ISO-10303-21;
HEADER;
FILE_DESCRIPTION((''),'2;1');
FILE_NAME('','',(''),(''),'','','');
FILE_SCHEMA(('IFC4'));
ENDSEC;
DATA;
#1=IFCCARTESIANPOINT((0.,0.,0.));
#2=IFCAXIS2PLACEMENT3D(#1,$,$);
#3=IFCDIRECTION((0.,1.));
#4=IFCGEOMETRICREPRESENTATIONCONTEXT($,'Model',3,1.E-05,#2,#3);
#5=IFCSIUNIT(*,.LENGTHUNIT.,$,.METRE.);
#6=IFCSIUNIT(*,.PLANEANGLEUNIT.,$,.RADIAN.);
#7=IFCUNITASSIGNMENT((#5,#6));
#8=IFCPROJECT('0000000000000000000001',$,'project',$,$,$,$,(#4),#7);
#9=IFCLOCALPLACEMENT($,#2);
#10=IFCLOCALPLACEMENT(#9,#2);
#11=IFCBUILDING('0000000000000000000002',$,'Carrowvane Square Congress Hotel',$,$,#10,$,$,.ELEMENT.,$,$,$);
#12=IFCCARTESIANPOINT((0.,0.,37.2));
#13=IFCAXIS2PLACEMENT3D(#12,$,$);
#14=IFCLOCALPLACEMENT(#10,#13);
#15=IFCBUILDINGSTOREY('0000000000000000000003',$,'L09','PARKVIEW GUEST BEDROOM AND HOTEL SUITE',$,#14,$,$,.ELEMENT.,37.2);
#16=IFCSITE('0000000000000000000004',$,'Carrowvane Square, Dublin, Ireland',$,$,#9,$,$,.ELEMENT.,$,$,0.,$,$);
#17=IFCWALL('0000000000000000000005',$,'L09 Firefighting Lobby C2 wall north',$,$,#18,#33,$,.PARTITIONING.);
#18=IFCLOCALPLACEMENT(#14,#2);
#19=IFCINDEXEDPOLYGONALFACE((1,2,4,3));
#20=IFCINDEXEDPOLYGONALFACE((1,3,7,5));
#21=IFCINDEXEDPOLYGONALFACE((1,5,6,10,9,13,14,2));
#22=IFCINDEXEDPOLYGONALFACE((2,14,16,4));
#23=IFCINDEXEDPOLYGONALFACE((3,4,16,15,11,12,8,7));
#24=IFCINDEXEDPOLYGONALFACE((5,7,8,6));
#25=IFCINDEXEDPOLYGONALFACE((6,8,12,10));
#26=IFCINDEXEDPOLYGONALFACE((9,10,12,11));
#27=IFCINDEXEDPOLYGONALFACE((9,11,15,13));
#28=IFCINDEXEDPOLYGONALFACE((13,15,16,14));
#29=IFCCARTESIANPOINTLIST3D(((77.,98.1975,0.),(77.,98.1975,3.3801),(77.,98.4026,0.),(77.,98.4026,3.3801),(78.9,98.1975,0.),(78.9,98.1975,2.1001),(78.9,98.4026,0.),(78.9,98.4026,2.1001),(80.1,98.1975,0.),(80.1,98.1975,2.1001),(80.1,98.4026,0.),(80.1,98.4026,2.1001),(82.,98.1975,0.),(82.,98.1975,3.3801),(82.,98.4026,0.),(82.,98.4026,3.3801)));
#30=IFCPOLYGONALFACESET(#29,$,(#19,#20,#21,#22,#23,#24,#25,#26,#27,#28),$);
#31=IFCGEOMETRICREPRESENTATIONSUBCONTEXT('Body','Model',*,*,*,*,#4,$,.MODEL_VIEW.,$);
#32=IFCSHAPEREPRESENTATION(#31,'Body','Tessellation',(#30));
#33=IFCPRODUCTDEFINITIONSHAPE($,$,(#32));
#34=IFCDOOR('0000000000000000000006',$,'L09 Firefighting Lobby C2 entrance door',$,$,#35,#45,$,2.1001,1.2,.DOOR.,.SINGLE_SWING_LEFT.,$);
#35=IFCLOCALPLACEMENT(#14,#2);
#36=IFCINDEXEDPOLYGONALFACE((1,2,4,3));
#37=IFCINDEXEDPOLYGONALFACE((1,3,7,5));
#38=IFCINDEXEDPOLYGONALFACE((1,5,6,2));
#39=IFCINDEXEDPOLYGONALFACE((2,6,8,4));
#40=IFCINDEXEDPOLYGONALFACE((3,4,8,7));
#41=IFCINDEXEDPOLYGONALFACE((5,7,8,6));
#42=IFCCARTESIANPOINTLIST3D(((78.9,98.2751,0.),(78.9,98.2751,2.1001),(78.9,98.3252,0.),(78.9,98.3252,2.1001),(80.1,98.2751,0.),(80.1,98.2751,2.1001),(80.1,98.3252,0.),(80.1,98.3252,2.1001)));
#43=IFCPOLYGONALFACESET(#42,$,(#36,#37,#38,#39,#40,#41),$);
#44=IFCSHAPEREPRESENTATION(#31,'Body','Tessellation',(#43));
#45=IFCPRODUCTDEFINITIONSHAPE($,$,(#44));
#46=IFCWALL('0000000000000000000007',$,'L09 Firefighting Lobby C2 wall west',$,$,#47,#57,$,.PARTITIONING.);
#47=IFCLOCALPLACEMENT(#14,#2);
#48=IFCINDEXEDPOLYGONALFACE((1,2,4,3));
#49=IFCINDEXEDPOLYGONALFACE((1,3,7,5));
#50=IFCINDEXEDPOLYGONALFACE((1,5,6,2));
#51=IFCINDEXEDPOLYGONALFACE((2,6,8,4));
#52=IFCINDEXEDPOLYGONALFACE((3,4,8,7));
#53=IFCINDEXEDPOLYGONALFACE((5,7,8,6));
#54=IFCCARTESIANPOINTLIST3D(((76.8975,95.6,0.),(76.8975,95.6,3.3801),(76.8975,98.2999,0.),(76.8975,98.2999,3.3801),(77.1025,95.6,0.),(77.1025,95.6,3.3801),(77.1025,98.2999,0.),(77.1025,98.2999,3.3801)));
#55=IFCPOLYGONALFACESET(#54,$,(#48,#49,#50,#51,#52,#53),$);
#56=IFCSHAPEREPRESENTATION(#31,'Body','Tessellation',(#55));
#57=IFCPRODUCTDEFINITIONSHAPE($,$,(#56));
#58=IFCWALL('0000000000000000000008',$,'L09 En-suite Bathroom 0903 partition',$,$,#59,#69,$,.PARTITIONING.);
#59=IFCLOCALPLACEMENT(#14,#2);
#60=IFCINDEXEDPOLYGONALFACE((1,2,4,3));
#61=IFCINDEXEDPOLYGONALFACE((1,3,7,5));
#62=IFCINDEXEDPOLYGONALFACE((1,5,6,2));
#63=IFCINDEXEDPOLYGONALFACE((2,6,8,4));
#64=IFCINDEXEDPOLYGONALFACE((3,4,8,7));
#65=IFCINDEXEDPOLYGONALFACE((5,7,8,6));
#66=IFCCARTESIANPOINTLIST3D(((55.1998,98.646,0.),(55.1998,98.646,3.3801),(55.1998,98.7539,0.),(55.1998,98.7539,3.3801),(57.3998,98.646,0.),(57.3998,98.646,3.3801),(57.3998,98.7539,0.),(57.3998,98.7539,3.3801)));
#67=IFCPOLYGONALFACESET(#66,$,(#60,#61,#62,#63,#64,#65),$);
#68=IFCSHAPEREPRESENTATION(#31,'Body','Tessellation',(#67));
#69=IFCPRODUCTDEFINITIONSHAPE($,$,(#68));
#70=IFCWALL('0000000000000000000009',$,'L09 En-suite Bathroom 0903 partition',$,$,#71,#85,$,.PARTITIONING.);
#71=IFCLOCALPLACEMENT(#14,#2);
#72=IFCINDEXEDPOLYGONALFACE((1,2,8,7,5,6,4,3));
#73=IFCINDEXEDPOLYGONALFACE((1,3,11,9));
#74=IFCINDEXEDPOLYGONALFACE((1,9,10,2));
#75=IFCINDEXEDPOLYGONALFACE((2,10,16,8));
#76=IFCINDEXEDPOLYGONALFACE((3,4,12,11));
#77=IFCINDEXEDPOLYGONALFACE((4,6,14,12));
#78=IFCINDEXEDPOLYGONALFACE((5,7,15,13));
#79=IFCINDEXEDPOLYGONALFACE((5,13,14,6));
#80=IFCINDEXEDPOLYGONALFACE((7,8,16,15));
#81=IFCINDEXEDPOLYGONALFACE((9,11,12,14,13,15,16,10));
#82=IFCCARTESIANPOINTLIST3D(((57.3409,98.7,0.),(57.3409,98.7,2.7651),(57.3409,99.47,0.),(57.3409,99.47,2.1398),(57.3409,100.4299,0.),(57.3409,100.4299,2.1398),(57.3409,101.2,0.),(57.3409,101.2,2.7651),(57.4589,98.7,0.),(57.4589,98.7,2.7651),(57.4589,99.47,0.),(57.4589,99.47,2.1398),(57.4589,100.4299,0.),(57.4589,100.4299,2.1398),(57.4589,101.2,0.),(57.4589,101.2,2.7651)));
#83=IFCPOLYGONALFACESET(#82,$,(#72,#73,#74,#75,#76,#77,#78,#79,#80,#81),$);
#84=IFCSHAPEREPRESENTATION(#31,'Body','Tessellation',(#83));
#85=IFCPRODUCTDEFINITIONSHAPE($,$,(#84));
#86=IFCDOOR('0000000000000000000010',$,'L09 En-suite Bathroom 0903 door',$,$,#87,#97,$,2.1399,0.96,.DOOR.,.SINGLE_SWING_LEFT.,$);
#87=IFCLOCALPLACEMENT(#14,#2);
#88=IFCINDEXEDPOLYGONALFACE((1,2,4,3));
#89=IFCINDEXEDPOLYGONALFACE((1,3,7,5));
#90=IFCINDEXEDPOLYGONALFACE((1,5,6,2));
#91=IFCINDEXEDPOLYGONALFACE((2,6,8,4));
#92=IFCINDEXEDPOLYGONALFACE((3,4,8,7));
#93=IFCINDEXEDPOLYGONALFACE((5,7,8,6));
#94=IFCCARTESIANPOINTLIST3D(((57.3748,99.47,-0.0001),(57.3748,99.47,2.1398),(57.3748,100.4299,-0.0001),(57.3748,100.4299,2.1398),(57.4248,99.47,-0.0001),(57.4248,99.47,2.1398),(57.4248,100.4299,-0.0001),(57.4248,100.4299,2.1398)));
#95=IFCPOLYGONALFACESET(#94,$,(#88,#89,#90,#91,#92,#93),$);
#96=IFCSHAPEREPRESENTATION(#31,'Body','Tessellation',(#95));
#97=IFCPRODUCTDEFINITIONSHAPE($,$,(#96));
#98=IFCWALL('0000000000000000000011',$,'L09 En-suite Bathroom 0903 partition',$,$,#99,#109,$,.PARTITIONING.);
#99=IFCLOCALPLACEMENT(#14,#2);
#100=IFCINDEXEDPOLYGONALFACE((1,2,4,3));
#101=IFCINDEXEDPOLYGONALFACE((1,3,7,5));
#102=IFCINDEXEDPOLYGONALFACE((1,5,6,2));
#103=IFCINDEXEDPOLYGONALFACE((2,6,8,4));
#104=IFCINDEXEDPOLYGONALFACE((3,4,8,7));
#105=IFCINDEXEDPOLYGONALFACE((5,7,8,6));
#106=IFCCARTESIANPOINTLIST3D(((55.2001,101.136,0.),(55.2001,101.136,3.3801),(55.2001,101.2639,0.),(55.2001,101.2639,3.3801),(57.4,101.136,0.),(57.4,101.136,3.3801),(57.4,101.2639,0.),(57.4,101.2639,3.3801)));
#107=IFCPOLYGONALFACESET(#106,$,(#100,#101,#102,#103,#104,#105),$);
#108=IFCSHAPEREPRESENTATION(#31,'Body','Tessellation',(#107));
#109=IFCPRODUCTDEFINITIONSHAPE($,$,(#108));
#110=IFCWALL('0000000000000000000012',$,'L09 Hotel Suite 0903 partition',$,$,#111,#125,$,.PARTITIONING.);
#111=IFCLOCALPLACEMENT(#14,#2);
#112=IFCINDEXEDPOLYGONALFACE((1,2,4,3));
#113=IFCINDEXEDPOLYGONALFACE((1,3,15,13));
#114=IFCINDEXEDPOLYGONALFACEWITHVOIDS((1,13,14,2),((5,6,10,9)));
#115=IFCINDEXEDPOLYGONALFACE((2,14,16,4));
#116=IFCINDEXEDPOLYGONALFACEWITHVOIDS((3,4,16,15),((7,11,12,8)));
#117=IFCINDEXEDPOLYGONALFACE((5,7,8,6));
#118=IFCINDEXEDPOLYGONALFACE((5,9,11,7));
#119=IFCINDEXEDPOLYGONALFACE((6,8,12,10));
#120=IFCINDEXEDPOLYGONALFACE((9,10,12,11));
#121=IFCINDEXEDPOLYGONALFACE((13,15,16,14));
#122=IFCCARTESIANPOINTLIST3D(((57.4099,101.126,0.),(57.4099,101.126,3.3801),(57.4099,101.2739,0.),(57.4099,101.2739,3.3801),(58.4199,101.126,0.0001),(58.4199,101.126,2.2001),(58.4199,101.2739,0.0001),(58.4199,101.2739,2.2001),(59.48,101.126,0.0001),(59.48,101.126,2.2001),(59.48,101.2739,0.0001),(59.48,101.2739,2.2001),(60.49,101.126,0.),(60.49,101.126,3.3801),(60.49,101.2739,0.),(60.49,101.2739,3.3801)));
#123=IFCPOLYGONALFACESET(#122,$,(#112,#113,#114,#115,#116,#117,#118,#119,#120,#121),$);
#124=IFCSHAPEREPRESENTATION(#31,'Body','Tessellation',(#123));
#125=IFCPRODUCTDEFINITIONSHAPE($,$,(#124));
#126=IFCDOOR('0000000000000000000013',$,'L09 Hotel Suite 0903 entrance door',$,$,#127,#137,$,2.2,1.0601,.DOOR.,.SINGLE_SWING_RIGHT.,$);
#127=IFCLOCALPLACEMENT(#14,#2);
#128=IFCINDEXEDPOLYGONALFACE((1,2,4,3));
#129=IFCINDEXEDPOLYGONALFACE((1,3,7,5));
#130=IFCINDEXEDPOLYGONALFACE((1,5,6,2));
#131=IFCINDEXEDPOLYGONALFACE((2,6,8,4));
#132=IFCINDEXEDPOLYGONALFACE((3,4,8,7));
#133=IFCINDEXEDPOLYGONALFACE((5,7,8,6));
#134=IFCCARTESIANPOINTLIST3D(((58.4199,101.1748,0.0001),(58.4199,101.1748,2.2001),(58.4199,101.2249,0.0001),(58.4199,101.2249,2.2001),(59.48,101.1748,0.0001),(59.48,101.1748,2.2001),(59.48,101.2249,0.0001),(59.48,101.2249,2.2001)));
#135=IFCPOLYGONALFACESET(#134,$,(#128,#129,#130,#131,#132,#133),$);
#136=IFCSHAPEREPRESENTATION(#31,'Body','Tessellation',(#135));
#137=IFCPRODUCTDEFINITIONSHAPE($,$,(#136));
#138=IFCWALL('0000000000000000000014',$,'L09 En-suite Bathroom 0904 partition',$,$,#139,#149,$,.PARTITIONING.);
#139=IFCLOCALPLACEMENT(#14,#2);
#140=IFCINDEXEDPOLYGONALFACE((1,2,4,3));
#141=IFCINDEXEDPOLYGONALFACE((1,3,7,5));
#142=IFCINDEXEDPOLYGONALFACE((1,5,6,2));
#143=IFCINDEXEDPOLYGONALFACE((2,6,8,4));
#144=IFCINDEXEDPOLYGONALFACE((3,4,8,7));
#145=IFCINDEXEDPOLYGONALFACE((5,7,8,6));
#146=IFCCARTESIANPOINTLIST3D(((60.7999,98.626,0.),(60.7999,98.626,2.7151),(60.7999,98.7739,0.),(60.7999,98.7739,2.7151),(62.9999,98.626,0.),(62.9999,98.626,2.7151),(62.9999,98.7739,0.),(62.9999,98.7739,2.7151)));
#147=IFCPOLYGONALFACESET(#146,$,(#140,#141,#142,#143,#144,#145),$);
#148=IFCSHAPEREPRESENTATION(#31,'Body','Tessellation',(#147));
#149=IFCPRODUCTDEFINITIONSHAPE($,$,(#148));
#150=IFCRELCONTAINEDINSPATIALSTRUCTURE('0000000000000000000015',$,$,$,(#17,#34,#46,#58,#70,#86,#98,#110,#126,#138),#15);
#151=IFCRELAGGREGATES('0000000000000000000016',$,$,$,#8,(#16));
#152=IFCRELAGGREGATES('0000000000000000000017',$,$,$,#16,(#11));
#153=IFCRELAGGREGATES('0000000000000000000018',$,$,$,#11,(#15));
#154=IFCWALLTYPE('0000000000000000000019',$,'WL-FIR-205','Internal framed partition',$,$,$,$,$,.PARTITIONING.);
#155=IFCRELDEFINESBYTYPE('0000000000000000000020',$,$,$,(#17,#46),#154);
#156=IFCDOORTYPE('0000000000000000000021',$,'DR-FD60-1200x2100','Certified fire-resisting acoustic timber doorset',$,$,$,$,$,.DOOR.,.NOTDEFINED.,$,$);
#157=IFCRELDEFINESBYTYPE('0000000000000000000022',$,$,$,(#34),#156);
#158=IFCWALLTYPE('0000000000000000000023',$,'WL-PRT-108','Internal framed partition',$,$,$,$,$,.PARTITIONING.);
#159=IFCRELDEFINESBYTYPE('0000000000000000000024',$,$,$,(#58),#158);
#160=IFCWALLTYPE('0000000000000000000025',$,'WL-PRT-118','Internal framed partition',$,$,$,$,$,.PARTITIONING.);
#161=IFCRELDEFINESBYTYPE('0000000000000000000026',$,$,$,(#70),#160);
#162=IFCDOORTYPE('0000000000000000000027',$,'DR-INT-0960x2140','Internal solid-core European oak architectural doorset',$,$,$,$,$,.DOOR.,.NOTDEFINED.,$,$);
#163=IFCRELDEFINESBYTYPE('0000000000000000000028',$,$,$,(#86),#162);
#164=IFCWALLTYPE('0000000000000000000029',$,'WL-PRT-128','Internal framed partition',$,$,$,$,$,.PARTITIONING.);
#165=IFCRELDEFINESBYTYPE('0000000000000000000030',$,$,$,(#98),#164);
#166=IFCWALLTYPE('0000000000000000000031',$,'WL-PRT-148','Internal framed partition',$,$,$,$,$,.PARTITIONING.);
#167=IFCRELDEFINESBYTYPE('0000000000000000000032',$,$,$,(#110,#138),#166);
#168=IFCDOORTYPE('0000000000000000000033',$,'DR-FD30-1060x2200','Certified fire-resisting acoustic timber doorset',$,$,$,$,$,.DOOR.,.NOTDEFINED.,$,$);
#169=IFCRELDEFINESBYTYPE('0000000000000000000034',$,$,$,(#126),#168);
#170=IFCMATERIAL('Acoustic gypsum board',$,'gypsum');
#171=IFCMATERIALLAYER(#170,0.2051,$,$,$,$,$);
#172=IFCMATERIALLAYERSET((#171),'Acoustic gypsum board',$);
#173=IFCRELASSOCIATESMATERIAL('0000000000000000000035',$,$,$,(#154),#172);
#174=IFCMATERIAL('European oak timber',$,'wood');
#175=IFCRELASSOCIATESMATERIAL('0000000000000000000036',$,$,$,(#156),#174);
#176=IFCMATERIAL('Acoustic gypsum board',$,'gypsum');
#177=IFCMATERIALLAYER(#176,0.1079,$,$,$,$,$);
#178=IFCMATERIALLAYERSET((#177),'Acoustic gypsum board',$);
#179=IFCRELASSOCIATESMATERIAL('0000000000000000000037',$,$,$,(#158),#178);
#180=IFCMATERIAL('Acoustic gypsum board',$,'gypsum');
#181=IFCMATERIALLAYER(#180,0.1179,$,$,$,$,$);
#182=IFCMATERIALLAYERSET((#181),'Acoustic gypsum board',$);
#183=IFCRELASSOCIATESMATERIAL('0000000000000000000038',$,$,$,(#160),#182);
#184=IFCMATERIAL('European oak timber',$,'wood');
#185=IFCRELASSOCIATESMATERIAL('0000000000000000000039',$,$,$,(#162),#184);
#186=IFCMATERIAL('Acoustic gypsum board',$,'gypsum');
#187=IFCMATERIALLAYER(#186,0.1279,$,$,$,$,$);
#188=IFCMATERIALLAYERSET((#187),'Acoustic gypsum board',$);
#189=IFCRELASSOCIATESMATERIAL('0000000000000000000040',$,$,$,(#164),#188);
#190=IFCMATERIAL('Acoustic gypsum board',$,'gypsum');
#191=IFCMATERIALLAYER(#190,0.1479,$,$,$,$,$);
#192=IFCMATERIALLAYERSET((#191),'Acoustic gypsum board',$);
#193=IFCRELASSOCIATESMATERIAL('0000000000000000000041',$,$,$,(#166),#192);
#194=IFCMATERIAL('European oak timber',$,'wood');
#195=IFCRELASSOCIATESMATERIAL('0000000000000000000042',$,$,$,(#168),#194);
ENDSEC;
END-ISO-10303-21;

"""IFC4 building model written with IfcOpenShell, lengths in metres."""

from ifc_helpers import new_model, si_unit, direction, frame, frame_2d, origin, place, context, subcontext, project, spatial, rectangle, extrude, material, layer, layer_set, type_object, element, fill, save


model = new_model("IFC4")

# Units and contexts
model_context = context("Model", 3, precision=1e-05, world=origin(), true_north=direction((0.0, 1.0)))
body_context = subcontext(model_context, "Body", "Model", "MODEL_VIEW")
ifc_project = project(units=[si_unit("LENGTHUNIT", "METRE"), si_unit("PLANEANGLEUNIT", "RADIAN")], contexts=[model_context])

# Site, building, storey
site_placement = place(None, origin())
site = spatial("IfcSite", under=ifc_project, at=site_placement, Name="Carrowvane Square, Dublin, Ireland", CompositionType="ELEMENT", RefElevation=0.0)
building_placement = place(site_placement, origin())
building = spatial("IfcBuilding", under=site, at=building_placement, Name="Carrowvane Square Congress Hotel", CompositionType="ELEMENT")
storey_placement = place(building_placement, frame((0.0, 0.0, 37.2)))
storey = spatial("IfcBuildingStorey", under=building, at=storey_placement, Name="L09", Description="PARKVIEW GUEST BEDROOM AND HOTEL SUITE", CompositionType="ELEMENT", Elevation=37.2)

# Wall, opening, door
ifc_material_1 = material(Name="Acoustic gypsum board", Category="gypsum")
ifc_layer_1 = layer(ifc_material_1, 0.2051)
ifc_layer_set_1 = layer_set([ifc_layer_1], Name="Acoustic gypsum board")
wall_type_1 = type_object("IfcWallType", Name="WL-FIR-205", Description="Internal framed partition", PredefinedType="PARTITIONING", material=ifc_layer_set_1)
wall_1_placement = place(storey_placement, frame((82.0, 98.3, 0.0), z_axis=(0.0, 0.0, 1.0), x_axis=(-1.0, 0.0, 0.0)))
wall_1 = element("IfcWall", 1, at=wall_1_placement, inside=storey, type_object=wall_type_1, Name="L09 Firefighting Lobby C2 wall north", PredefinedType="PARTITIONING", context=body_context, shape_type="SweptSolid", body=[
    extrude(rectangle(XDim=5.0, YDim=0.2051, at=frame_2d((2.5, 0.0))), origin(), (0.0, 0.0, 1.0), 3.3801),
])
opening_1_placement = place(wall_1_placement, frame((1.8999, 0.0, 0.0)))
opening_1 = element("IfcOpeningElement", 2, at=opening_1_placement, cuts=wall_1, PredefinedType="OPENING", context=body_context, shape_type="SweptSolid", body=[
    extrude(rectangle(XDim=1.2, YDim=2.1001, at=frame_2d((0.6001, 1.05))), frame((0.0, 0.1125, 0.0), z_axis=(0.0, -1.0, 0.0), x_axis=(1.0, 0.0, 0.0)), (0.0, 0.0, 1.0), 0.2251),
])
ifc_material_2 = material(Name="European oak timber", Category="wood")
door_type_1 = type_object("IfcDoorType", Name="DR-FD60-1200x2100", Description="Certified fire-resisting acoustic timber doorset", OperationType="NOTDEFINED", PredefinedType="DOOR", material=ifc_material_2)
door_1_placement = place(opening_1_placement, origin())
door_1 = element("IfcDoor", 3, at=door_1_placement, inside=storey, type_object=door_type_1, Name="L09 Firefighting Lobby C2 entrance door", OperationType="SINGLE_SWING_LEFT", OverallHeight=2.1001, OverallWidth=1.2, PredefinedType="DOOR", context=body_context, shape_type="SweptSolid", body=[
    extrude(rectangle(XDim=1.2, YDim=2.1001, at=frame_2d((0.6001, 1.05))), frame((0.0, 0.0249, 0.0), z_axis=(0.0, -1.0, 0.0), x_axis=(1.0, 0.0, 0.0)), (0.0, 0.0, 1.0), 0.05),
])
fill(opening_1, door_1)

# Walls
wall_2_placement = place(storey_placement, frame((77.0, 98.3, 0.0), z_axis=(0.0, 0.0, 1.0), x_axis=(0.0, -1.0, 0.0)))
element("IfcWall", 4, at=wall_2_placement, inside=storey, type_object=wall_type_1, Name="L09 Firefighting Lobby C2 wall west", PredefinedType="PARTITIONING", context=body_context, shape_type="SweptSolid", body=[
    extrude(rectangle(XDim=2.7, YDim=0.2051, at=frame_2d((1.3501, 0.0))), origin(), (0.0, 0.0, 1.0), 3.3801),
])
ifc_material_3 = material(Name="Acoustic gypsum board", Category="gypsum")
ifc_layer_2 = layer(ifc_material_3, 0.1079)
ifc_layer_set_2 = layer_set([ifc_layer_2], Name="Acoustic gypsum board")
wall_type_2 = type_object("IfcWallType", Name="WL-PRT-108", Description="Internal framed partition", PredefinedType="PARTITIONING", material=ifc_layer_set_2)
wall_3_placement = place(storey_placement, frame((57.3999, 98.7, 0.0), z_axis=(0.0, 0.0, 1.0), x_axis=(-1.0, 0.0, 0.0)))
element("IfcWall", 5, at=wall_3_placement, inside=storey, type_object=wall_type_2, Name="L09 En-suite Bathroom 0903 partition", PredefinedType="PARTITIONING", context=body_context, shape_type="SweptSolid", body=[
    extrude(rectangle(XDim=2.2, YDim=0.1079, at=frame_2d((1.1001, 0.0))), origin(), (0.0, 0.0, 1.0), 3.3801),
])

# Wall, opening, door
ifc_material_4 = material(Name="Acoustic gypsum board", Category="gypsum")
ifc_layer_3 = layer(ifc_material_4, 0.1179)
ifc_layer_set_3 = layer_set([ifc_layer_3], Name="Acoustic gypsum board")
wall_type_3 = type_object("IfcWallType", Name="WL-PRT-118", Description="Internal framed partition", PredefinedType="PARTITIONING", material=ifc_layer_set_3)
wall_4_placement = place(storey_placement, frame((57.3999, 101.2, 0.0), z_axis=(0.0, 0.0, 1.0), x_axis=(0.0, -1.0, 0.0)))
wall_4 = element("IfcWall", 6, at=wall_4_placement, inside=storey, type_object=wall_type_3, Name="L09 En-suite Bathroom 0903 partition", PredefinedType="PARTITIONING", context=body_context, shape_type="SweptSolid", body=[
    extrude(rectangle(XDim=2.5, YDim=0.1179, at=frame_2d((1.25, 0.0))), origin(), (0.0, 0.0, 1.0), 2.7651),
])
opening_2_placement = place(wall_4_placement, frame((0.77, 0.0, 0.0)))
opening_2 = element("IfcOpeningElement", 7, at=opening_2_placement, cuts=wall_4, PredefinedType="OPENING", context=body_context, shape_type="SweptSolid", body=[
    extrude(rectangle(XDim=0.96, YDim=2.1399, at=frame_2d((0.48, 1.0698))), frame((0.0, 0.0688, 0.0), z_axis=(0.0, -1.0, 0.0), x_axis=(1.0, 0.0, 0.0)), (0.0, 0.0, 1.0), 0.1379),
])
ifc_material_5 = material(Name="European oak timber", Category="wood")
door_type_2 = type_object("IfcDoorType", Name="DR-INT-0960x2140", Description="Internal solid-core European oak architectural doorset", OperationType="NOTDEFINED", PredefinedType="DOOR", material=ifc_material_5)
door_2_placement = place(opening_2_placement, origin())
door_2 = element("IfcDoor", 8, at=door_2_placement, inside=storey, type_object=door_type_2, Name="L09 En-suite Bathroom 0903 door", OperationType="SINGLE_SWING_LEFT", OverallHeight=2.1399, OverallWidth=0.96, PredefinedType="DOOR", context=body_context, shape_type="SweptSolid", body=[
    extrude(rectangle(XDim=0.96, YDim=2.1399, at=frame_2d((0.48, 1.0698))), frame((0.0, 0.0249, 0.0), z_axis=(0.0, -1.0, 0.0), x_axis=(1.0, 0.0, 0.0)), (0.0, 0.0, 1.0), 0.05),
])
fill(opening_2, door_2)

# Wall
ifc_material_6 = material(Name="Acoustic gypsum board", Category="gypsum")
ifc_layer_4 = layer(ifc_material_6, 0.1279)
ifc_layer_set_4 = layer_set([ifc_layer_4], Name="Acoustic gypsum board")
wall_type_4 = type_object("IfcWallType", Name="WL-PRT-128", Description="Internal framed partition", PredefinedType="PARTITIONING", material=ifc_layer_set_4)
wall_5_placement = place(storey_placement, frame((55.2, 101.2, 0.0), z_axis=(0.0, 0.0, 1.0), x_axis=(1.0, 0.0, 0.0)))
element("IfcWall", 9, at=wall_5_placement, inside=storey, type_object=wall_type_4, Name="L09 En-suite Bathroom 0903 partition", PredefinedType="PARTITIONING", context=body_context, shape_type="SweptSolid", body=[
    extrude(rectangle(XDim=2.2, YDim=0.1279, at=frame_2d((1.1001, 0.0))), origin(), (0.0, 0.0, 1.0), 3.3801),
])

# Wall, opening, door
ifc_material_7 = material(Name="Acoustic gypsum board", Category="gypsum")
ifc_layer_5 = layer(ifc_material_7, 0.1479)
ifc_layer_set_5 = layer_set([ifc_layer_5], Name="Acoustic gypsum board")
wall_type_5 = type_object("IfcWallType", Name="WL-PRT-148", Description="Internal framed partition", PredefinedType="PARTITIONING", material=ifc_layer_set_5)
wall_6_placement = place(storey_placement, frame((57.4099, 101.2, 0.0), z_axis=(0.0, 0.0, 1.0), x_axis=(1.0, 0.0, 0.0)))
wall_6 = element("IfcWall", 10, at=wall_6_placement, inside=storey, type_object=wall_type_5, Name="L09 Hotel Suite 0903 partition", PredefinedType="PARTITIONING", context=body_context, shape_type="SweptSolid", body=[
    extrude(rectangle(XDim=3.0801, YDim=0.1479, at=frame_2d((1.54, 0.0))), origin(), (0.0, 0.0, 1.0), 3.3801),
])
opening_3_placement = place(wall_6_placement, frame((1.01, 0.0, 0.0)))
opening_3 = element("IfcOpeningElement", 11, at=opening_3_placement, cuts=wall_6, PredefinedType="OPENING", context=body_context, shape_type="SweptSolid", body=[
    extrude(rectangle(XDim=1.0601, YDim=2.2, at=frame_2d((0.53, 1.1001))), frame((0.0, 0.084, 0.0), z_axis=(0.0, -1.0, 0.0), x_axis=(1.0, 0.0, 0.0)), (0.0, 0.0, 1.0), 0.168),
])
ifc_material_8 = material(Name="European oak timber", Category="wood")
door_type_3 = type_object("IfcDoorType", Name="DR-FD30-1060x2200", Description="Certified fire-resisting acoustic timber doorset", OperationType="NOTDEFINED", PredefinedType="DOOR", material=ifc_material_8)
door_3_placement = place(opening_3_placement, origin())
door_3 = element("IfcDoor", 12, at=door_3_placement, inside=storey, type_object=door_type_3, Name="L09 Hotel Suite 0903 entrance door", OperationType="SINGLE_SWING_RIGHT", OverallHeight=2.2, OverallWidth=1.0601, PredefinedType="DOOR", context=body_context, shape_type="SweptSolid", body=[
    extrude(rectangle(XDim=1.0601, YDim=2.2, at=frame_2d((0.53, 1.1001))), frame((0.0, 0.0249, 0.0), z_axis=(0.0, -1.0, 0.0), x_axis=(1.0, 0.0, 0.0)), (0.0, 0.0, 1.0), 0.05),
])
fill(opening_3, door_3)

# Wall
wall_7_placement = place(storey_placement, frame((63.0, 98.7, 0.0), z_axis=(0.0, 0.0, 1.0), x_axis=(-1.0, 0.0, 0.0)))
element("IfcWall", 13, at=wall_7_placement, inside=storey, type_object=wall_type_5, Name="L09 En-suite Bathroom 0904 partition", PredefinedType="PARTITIONING", context=body_context, shape_type="SweptSolid", body=[
    extrude(rectangle(XDim=2.2, YDim=0.1479, at=frame_2d((1.1001, 0.0))), origin(), (0.0, 0.0, 1.0), 2.7151),
])

save(model, "model.ifc")
